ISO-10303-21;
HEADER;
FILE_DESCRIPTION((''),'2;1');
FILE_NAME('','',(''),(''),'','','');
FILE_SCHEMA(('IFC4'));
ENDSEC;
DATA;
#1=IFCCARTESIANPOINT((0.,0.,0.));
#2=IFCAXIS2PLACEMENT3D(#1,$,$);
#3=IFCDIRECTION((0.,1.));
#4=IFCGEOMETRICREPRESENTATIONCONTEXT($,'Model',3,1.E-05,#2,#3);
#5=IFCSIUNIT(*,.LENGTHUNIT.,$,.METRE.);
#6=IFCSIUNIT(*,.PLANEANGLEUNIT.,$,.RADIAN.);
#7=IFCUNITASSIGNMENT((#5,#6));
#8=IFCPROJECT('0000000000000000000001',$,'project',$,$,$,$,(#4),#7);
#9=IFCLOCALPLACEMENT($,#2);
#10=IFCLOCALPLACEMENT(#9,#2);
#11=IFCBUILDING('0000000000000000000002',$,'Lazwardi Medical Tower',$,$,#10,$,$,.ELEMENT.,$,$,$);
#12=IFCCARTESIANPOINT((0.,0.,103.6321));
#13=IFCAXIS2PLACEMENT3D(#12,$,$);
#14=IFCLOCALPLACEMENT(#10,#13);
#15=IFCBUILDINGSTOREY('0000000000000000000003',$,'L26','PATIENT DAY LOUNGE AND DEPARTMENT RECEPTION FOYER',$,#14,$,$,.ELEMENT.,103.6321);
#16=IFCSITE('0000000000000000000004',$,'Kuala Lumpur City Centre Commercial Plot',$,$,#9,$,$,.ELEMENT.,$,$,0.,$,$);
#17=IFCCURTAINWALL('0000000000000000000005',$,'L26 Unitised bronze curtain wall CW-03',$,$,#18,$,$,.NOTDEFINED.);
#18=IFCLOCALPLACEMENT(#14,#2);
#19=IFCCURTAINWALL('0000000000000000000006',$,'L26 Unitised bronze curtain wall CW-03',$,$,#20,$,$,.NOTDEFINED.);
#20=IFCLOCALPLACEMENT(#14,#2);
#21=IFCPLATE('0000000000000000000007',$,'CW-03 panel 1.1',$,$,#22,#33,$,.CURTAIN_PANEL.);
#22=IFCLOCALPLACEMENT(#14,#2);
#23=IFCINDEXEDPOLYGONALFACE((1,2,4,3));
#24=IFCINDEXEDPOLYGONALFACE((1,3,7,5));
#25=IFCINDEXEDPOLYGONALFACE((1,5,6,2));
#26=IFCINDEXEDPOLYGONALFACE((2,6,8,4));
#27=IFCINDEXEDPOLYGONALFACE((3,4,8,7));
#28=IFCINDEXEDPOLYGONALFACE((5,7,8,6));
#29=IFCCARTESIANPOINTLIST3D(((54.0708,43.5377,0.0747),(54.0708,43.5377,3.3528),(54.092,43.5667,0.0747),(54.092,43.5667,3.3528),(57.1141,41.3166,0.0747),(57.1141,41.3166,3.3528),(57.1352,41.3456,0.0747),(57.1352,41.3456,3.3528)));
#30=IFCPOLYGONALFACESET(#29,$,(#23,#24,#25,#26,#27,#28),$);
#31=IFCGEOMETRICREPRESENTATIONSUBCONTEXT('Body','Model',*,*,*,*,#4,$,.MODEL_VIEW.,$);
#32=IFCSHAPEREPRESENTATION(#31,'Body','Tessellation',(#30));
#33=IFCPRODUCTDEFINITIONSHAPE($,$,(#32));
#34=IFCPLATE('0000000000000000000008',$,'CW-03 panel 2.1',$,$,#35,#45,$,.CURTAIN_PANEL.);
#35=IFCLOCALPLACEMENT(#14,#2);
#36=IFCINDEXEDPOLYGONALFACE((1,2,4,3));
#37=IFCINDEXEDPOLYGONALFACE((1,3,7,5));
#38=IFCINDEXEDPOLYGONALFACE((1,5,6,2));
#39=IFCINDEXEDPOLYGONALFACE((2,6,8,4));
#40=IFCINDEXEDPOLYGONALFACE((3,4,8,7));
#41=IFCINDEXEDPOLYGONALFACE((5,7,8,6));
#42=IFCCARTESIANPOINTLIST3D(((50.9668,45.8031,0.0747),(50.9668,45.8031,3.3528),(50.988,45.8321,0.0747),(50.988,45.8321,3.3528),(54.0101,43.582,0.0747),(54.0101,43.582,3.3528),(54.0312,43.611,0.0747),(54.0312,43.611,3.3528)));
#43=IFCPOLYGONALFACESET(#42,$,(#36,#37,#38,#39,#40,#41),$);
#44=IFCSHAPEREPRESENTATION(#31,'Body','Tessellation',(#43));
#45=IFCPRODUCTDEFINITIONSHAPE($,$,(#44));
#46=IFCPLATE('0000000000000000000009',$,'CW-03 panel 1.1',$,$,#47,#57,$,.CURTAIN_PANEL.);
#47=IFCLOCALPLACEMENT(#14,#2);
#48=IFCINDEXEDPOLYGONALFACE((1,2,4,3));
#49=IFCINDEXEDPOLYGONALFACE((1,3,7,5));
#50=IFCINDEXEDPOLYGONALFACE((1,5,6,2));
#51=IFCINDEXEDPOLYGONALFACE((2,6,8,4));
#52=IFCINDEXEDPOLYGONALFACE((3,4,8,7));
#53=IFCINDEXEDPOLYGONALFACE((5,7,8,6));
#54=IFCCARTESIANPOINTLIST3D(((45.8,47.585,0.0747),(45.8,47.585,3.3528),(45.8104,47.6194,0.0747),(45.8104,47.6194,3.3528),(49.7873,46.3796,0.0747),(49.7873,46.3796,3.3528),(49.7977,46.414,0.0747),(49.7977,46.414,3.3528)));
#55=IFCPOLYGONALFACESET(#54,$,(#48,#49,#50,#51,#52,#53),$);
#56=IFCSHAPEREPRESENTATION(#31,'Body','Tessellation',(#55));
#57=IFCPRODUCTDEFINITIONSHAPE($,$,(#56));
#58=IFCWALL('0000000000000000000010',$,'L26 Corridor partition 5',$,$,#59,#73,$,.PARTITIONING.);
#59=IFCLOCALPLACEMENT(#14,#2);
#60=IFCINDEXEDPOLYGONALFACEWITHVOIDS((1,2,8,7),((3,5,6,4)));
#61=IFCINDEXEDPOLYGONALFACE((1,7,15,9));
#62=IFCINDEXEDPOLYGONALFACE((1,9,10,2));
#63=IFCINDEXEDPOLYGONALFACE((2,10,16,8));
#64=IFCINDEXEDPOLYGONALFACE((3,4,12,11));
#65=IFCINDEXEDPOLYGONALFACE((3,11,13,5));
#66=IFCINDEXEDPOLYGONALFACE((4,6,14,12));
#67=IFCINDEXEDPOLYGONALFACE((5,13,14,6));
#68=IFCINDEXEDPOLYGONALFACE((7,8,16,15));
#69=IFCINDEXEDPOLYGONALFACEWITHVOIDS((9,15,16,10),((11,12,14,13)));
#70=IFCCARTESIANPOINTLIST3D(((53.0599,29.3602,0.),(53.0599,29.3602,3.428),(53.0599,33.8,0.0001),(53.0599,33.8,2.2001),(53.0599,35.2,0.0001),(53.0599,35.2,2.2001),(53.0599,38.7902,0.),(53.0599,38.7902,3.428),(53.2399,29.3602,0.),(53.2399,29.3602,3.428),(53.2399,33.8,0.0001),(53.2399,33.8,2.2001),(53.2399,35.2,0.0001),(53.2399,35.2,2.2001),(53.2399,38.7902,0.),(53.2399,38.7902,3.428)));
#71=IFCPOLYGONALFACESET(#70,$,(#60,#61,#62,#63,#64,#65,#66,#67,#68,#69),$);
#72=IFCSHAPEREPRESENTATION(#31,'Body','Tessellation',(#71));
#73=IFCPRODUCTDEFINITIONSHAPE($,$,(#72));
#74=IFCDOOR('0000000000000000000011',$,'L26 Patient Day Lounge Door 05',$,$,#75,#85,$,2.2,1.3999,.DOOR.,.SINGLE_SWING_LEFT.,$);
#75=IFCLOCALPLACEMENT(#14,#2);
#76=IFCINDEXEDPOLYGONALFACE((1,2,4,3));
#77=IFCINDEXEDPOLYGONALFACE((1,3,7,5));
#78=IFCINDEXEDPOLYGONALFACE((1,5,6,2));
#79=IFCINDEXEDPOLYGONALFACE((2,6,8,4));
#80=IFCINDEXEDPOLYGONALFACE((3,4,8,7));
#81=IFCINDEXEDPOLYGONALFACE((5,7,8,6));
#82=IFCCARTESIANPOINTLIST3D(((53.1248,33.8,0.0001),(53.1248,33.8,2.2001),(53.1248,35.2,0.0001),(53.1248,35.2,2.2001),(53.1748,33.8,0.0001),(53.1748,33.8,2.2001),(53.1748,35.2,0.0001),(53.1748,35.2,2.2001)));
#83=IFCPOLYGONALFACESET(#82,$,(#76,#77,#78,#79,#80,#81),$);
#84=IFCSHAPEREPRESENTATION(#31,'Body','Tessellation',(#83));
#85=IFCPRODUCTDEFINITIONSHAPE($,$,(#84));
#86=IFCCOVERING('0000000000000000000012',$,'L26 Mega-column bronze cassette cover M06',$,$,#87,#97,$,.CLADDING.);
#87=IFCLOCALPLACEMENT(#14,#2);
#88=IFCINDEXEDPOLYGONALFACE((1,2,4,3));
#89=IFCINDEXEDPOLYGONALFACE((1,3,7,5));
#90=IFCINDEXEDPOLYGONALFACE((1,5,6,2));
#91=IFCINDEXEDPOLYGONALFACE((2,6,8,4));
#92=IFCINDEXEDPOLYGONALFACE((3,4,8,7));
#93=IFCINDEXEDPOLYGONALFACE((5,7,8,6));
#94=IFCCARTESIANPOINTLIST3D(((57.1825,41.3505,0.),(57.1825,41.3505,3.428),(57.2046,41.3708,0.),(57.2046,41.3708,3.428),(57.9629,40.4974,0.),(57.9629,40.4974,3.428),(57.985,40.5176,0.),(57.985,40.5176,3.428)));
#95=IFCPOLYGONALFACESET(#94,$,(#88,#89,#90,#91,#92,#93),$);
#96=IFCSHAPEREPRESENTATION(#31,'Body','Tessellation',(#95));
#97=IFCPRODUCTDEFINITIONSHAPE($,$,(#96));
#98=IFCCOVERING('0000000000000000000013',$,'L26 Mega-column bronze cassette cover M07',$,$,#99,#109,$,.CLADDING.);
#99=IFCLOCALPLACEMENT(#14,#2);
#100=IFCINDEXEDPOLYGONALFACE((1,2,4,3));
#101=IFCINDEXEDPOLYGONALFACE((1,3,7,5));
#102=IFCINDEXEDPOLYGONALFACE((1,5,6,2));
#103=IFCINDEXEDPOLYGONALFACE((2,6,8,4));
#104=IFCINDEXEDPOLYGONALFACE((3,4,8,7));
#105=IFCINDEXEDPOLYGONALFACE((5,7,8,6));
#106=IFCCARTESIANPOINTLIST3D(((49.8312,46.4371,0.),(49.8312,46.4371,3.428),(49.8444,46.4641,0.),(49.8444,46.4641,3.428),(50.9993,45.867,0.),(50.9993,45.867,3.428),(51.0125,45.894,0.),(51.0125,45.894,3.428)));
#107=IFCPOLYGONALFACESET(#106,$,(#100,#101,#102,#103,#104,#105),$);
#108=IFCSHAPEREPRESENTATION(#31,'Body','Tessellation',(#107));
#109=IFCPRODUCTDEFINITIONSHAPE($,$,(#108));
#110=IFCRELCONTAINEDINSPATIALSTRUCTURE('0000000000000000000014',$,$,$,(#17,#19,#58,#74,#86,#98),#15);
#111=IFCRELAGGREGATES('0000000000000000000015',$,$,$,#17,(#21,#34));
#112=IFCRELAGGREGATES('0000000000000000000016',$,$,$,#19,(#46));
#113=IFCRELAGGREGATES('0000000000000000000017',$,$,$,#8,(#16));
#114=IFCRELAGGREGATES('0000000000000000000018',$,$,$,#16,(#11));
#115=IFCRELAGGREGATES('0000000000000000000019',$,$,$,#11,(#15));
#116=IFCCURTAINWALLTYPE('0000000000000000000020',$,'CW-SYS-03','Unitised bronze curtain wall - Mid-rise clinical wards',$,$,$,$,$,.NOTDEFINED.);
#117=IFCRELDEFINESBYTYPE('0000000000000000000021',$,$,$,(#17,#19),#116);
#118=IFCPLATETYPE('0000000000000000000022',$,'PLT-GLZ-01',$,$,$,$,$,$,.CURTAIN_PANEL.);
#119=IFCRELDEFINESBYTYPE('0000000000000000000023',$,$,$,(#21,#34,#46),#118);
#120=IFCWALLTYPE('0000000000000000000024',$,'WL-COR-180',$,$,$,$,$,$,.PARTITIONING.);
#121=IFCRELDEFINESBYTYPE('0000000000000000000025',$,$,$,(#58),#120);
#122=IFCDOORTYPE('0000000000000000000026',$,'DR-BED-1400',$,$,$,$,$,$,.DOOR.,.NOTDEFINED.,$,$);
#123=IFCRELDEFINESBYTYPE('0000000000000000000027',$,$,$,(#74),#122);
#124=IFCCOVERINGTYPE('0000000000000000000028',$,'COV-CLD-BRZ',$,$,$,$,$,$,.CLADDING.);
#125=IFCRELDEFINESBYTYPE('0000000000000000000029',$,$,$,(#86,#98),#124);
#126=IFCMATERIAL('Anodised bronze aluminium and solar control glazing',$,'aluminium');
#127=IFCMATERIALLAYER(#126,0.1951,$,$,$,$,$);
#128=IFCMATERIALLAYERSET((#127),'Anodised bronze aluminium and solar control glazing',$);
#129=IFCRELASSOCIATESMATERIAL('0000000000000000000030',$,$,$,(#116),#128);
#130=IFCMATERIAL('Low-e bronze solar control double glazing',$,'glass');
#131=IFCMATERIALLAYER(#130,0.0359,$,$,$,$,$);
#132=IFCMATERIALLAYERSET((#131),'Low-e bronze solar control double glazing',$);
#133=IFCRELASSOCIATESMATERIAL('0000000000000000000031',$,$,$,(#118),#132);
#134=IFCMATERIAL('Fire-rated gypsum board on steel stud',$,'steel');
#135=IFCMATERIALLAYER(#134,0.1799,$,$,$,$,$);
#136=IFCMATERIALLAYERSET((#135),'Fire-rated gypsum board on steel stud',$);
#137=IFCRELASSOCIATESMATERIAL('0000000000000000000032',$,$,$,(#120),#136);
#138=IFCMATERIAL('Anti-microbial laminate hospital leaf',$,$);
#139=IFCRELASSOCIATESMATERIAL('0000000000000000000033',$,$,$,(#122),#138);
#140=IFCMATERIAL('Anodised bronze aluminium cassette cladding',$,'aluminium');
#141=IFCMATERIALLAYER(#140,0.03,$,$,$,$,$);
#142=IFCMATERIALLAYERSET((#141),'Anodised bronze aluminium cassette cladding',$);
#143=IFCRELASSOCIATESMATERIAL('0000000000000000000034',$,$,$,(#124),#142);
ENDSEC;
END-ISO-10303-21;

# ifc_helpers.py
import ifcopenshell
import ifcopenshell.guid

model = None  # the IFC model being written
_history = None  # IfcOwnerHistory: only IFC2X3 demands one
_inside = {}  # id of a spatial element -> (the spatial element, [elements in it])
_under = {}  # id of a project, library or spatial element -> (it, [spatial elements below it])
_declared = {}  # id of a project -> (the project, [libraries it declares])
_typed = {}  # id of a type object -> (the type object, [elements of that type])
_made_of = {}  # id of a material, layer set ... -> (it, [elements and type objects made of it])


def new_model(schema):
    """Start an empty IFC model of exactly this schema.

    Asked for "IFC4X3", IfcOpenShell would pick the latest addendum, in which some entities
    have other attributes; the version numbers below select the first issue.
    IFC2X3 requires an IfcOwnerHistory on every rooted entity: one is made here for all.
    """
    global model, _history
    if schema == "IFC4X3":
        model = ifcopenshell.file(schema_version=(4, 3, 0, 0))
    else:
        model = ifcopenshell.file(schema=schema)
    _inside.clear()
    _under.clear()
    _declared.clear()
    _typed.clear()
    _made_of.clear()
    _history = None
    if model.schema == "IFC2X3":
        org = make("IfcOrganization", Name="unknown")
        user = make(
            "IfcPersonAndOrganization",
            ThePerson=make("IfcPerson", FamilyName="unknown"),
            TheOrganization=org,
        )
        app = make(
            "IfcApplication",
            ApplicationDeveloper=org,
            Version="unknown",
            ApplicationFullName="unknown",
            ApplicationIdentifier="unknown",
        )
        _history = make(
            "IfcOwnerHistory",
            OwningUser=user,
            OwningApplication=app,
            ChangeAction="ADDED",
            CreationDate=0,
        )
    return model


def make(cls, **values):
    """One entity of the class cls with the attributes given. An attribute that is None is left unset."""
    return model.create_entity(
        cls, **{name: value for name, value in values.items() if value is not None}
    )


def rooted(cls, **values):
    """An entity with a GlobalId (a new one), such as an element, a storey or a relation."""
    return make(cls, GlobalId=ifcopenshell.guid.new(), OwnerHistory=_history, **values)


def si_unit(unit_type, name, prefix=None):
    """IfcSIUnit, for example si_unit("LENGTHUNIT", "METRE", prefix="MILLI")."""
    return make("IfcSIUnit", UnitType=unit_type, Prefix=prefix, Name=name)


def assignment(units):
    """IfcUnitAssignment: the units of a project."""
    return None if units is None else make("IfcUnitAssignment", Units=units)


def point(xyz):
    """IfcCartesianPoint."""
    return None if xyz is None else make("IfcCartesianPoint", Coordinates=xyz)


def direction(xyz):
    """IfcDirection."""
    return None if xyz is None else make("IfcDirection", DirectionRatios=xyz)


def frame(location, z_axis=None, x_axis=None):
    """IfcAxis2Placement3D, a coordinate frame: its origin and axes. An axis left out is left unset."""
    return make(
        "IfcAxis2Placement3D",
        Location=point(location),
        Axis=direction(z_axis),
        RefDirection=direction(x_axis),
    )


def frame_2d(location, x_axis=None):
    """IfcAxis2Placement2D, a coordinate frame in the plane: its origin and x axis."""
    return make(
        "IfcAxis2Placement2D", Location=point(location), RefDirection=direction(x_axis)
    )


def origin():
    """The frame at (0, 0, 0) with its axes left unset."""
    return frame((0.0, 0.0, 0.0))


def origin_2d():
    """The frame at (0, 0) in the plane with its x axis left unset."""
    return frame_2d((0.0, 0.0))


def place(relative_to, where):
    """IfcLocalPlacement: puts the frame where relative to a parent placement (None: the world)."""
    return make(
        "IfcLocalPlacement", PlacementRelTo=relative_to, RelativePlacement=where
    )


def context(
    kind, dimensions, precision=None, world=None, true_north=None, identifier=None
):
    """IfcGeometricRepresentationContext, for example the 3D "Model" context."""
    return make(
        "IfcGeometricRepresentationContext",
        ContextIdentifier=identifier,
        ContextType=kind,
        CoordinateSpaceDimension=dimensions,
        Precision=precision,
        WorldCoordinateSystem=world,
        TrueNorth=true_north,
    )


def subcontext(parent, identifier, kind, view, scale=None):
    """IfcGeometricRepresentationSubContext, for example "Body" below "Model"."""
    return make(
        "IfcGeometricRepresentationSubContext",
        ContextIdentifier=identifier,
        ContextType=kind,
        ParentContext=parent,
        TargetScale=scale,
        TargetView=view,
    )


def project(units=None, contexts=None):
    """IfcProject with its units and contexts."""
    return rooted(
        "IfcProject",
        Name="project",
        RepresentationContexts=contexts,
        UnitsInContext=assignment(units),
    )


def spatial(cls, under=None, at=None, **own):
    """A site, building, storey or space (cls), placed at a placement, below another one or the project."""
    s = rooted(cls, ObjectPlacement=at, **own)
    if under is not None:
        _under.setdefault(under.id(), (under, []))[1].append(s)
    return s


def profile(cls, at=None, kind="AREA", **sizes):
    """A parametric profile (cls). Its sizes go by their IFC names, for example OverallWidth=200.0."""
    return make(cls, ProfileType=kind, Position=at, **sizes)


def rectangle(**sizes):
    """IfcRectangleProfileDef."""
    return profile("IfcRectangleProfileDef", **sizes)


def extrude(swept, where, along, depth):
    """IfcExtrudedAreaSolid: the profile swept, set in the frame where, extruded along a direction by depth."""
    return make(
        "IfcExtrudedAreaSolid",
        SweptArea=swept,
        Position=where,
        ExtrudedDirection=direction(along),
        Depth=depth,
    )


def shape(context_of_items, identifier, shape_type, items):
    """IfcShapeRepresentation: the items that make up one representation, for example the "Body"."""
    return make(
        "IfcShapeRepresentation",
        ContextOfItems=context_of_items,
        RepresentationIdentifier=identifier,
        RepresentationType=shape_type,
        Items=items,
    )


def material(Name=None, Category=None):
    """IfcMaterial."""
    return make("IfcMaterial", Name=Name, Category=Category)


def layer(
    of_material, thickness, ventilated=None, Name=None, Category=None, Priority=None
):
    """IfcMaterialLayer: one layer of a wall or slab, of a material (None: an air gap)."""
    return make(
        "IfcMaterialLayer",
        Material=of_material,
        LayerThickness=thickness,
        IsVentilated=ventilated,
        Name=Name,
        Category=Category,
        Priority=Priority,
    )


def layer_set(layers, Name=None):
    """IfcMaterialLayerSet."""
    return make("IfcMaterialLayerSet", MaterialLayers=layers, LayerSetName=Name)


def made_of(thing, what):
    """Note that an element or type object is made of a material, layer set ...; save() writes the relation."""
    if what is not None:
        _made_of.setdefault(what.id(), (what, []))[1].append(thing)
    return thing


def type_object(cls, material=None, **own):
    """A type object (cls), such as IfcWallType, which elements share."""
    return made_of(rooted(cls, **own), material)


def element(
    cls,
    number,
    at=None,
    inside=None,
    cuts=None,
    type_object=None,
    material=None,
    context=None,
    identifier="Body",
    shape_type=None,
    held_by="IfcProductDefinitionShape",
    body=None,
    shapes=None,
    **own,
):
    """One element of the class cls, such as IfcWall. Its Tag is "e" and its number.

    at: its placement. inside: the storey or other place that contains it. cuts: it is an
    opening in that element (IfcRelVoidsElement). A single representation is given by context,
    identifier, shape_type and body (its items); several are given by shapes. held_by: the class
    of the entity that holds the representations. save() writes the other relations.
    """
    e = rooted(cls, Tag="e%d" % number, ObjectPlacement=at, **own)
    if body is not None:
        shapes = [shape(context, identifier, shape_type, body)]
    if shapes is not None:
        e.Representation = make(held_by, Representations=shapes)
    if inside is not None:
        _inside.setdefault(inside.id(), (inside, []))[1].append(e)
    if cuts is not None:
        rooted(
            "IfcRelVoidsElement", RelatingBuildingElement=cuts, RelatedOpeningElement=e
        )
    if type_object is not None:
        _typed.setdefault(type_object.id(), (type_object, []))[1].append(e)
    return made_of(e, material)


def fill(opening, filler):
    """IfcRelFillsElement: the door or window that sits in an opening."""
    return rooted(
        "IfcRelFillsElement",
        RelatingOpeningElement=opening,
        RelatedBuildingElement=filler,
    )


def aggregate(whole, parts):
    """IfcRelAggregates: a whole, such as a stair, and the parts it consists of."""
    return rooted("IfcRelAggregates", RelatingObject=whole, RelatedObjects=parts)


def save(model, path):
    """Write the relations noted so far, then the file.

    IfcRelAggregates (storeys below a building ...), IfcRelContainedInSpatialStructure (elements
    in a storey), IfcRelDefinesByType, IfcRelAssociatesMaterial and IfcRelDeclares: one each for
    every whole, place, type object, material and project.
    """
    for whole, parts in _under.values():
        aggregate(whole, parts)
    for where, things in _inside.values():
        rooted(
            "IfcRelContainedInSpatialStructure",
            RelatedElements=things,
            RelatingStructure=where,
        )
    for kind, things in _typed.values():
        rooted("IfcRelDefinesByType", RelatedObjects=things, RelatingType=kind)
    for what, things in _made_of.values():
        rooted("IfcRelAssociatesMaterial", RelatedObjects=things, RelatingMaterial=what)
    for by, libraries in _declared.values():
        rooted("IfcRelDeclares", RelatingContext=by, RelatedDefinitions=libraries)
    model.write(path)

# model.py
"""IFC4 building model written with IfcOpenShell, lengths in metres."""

from ifc_helpers import new_model, si_unit, direction, frame, frame_2d, origin, origin_2d, place, context, subcontext, project, spatial, rectangle, extrude, material, layer, layer_set, type_object, element, fill, aggregate, save


model = new_model("IFC4")

# Units and contexts
model_context = context("Model", 3, precision=1e-05, world=origin(), true_north=direction((0.0, 1.0)))
body_context = subcontext(model_context, "Body", "Model", "MODEL_VIEW")
ifc_project = project(units=[si_unit("LENGTHUNIT", "METRE"), si_unit("PLANEANGLEUNIT", "RADIAN")], contexts=[model_context])

# Site, building, storey
site_placement = place(None, origin())
site = spatial("IfcSite", under=ifc_project, at=site_placement, Name="Kuala Lumpur City Centre Commercial Plot", CompositionType="ELEMENT", RefElevation=0.0)
building_placement = place(site_placement, origin())
building = spatial("IfcBuilding", under=site, at=building_placement, Name="Lazwardi Medical Tower", CompositionType="ELEMENT")
storey_placement = place(building_placement, frame((0.0, 0.0, 103.6321)))
storey = spatial("IfcBuildingStorey", under=building, at=storey_placement, Name="L26", Description="PATIENT DAY LOUNGE AND DEPARTMENT RECEPTION FOYER", CompositionType="ELEMENT", Elevation=103.6321)

# Shared definitions
ifc_material_1 = material(Name="Anodised bronze aluminium and solar control glazing", Category="aluminium")
ifc_layer_1 = layer(ifc_material_1, 0.1951)
ifc_layer_set_1 = layer_set([ifc_layer_1], Name="Anodised bronze aluminium and solar control glazing")
curtain_wall_type = type_object("IfcCurtainWallType", Name="CW-SYS-03", Description="Unitised bronze curtain wall - Mid-rise clinical wards", PredefinedType="NOTDEFINED", material=ifc_layer_set_1)

# Curtain wall
curtain_wall_1_placement = place(storey_placement, origin())
curtain_wall_1 = element("IfcCurtainWall", 1, at=curtain_wall_1_placement, inside=storey, type_object=curtain_wall_type, Name="L26 Unitised bronze curtain wall CW-03", PredefinedType="NOTDEFINED")

# Curtain wall
curtain_wall_2_placement = place(storey_placement, origin())
curtain_wall_2 = element("IfcCurtainWall", 2, at=curtain_wall_2_placement, inside=storey, type_object=curtain_wall_type, Name="L26 Unitised bronze curtain wall CW-03", PredefinedType="NOTDEFINED")

# Plates
ifc_material_2 = material(Name="Low-e bronze solar control double glazing", Category="glass")
ifc_layer_2 = layer(ifc_material_2, 0.0359)
ifc_layer_set_2 = layer_set([ifc_layer_2], Name="Low-e bronze solar control double glazing")
plate_type = type_object("IfcPlateType", Name="PLT-GLZ-01", PredefinedType="CURTAIN_PANEL", material=ifc_layer_set_2)
plate_1_placement = place(storey_placement, frame((55.603, 42.4417, 0.0747), z_axis=(0.0, 0.0, 1.0), x_axis=(-0.807746, 0.589531, 0.0)))
plate_1 = element("IfcPlate", 3, at=plate_1_placement, type_object=plate_type, Name="CW-03 panel 1.1", PredefinedType="CURTAIN_PANEL", context=body_context, shape_type="SweptSolid", body=[
    extrude(rectangle(XDim=3.7676, YDim=0.0359, at=origin_2d()), origin(), (0.0, 0.0, 1.0), 3.2781),
])
plate_2_placement = place(storey_placement, frame((52.499, 44.707, 0.0747), z_axis=(0.0, 0.0, 1.0), x_axis=(-0.807746, 0.589531, 0.0)))
plate_2 = element("IfcPlate", 4, at=plate_2_placement, type_object=plate_type, Name="CW-03 panel 2.1", PredefinedType="CURTAIN_PANEL", context=body_context, shape_type="SweptSolid", body=[
    extrude(rectangle(XDim=3.7676, YDim=0.0359, at=origin_2d()), origin(), (0.0, 0.0, 1.0), 3.2781),
])
aggregate(curtain_wall_1, [plate_1, plate_2])
plate_3_placement = place(storey_placement, frame((47.7988, 46.9995, 0.0747), z_axis=(0.0, 0.0, 1.0), x_axis=(-0.957216, 0.289374, 0.0)))
plate_3 = element("IfcPlate", 5, at=plate_3_placement, type_object=plate_type, Name="CW-03 panel 1.1", PredefinedType="CURTAIN_PANEL", context=body_context, shape_type="SweptSolid", body=[
    extrude(rectangle(XDim=4.1655, YDim=0.0359, at=origin_2d()), origin(), (0.0, 0.0, 1.0), 3.2781),
])
aggregate(curtain_wall_2, [plate_3])

# Wall, opening, door
ifc_material_3 = material(Name="Fire-rated gypsum board on steel stud", Category="steel")
ifc_layer_3 = layer(ifc_material_3, 0.1799)
ifc_layer_set_3 = layer_set([ifc_layer_3], Name="Fire-rated gypsum board on steel stud")
wall_type = type_object("IfcWallType", Name="WL-COR-180", PredefinedType="PARTITIONING", material=ifc_layer_set_3)
wall_placement = place(storey_placement, frame((53.1499, 38.79, 0.0), z_axis=(0.0, 0.0, 1.0), x_axis=(0.0, -1.0, 0.0)))
wall = element("IfcWall", 6, at=wall_placement, inside=storey, type_object=wall_type, Name="L26 Corridor partition 5", PredefinedType="PARTITIONING", context=body_context, shape_type="SweptSolid", body=[
    extrude(rectangle(XDim=9.4299, YDim=0.1799, at=frame_2d((4.7148, 0.0))), origin(), (0.0, 0.0, 1.0), 3.428),
])
opening_placement = place(wall_placement, frame((3.5901, 0.0, 0.0)))
opening = element("IfcOpeningElement", 7, at=opening_placement, cuts=wall, PredefinedType="OPENING", context=body_context, shape_type="SweptSolid", body=[
    extrude(rectangle(XDim=1.3999, YDim=2.2, at=frame_2d((0.7, 1.1001))), frame((0.0, 0.0999, 0.0), z_axis=(0.0, -1.0, 0.0), x_axis=(1.0, 0.0, 0.0)), (0.0, 0.0, 1.0), 0.2),
])
ifc_material_4 = material(Name="Anti-microbial laminate hospital leaf")
door_type = type_object("IfcDoorType", Name="DR-BED-1400", OperationType="NOTDEFINED", PredefinedType="DOOR", material=ifc_material_4)
door_placement = place(opening_placement, origin())
door = element("IfcDoor", 8, at=door_placement, inside=storey, type_object=door_type, Name="L26 Patient Day Lounge Door 05", OperationType="SINGLE_SWING_LEFT", OverallHeight=2.2, OverallWidth=1.3999, PredefinedType="DOOR", context=body_context, shape_type="SweptSolid", body=[
    extrude(rectangle(XDim=1.3999, YDim=2.2, at=frame_2d((0.7, 1.1001))), frame((0.0, 0.0249, 0.0), z_axis=(0.0, -1.0, 0.0), x_axis=(1.0, 0.0, 0.0)), (0.0, 0.0, 1.0), 0.05),
])
fill(opening, door)

# Coverings
ifc_material_5 = material(Name="Anodised bronze aluminium cassette cladding", Category="aluminium")
ifc_layer_4 = layer(ifc_material_5, 0.03)
ifc_layer_set_4 = layer_set([ifc_layer_4], Name="Anodised bronze aluminium cassette cladding")
covering_type = type_object("IfcCoveringType", Name="COV-CLD-BRZ", PredefinedType="CLADDING", material=ifc_layer_set_4)
covering_1_placement = place(storey_placement, frame((57.5837, 40.9341, 0.0), z_axis=(0.0, 0.0, 1.0), x_axis=(-0.674926, 0.737885, 0.0)))
element("IfcCovering", 9, at=covering_1_placement, inside=storey, type_object=covering_type, Name="L26 Mega-column bronze cassette cover M06", PredefinedType="CLADDING", context=body_context, shape_type="SweptSolid", body=[
    extrude(rectangle(XDim=1.1562, YDim=0.03, at=origin_2d()), origin(), (0.0, 0.0, 1.0), 3.428),
])
covering_2_placement = place(storey_placement, frame((50.4219, 46.1655, 0.0), z_axis=(0.0, 0.0, 1.0), x_axis=(-0.898679, 0.438606, 0.0)))
element("IfcCovering", 10, at=covering_2_placement, inside=storey, type_object=covering_type, Name="L26 Mega-column bronze cassette cover M07", PredefinedType="CLADDING", context=body_context, shape_type="SweptSolid", body=[
    extrude(rectangle(XDim=1.2998, YDim=0.03, at=origin_2d()), origin(), (0.0, 0.0, 1.0), 3.428),
])

save(model, "model.ifc")
